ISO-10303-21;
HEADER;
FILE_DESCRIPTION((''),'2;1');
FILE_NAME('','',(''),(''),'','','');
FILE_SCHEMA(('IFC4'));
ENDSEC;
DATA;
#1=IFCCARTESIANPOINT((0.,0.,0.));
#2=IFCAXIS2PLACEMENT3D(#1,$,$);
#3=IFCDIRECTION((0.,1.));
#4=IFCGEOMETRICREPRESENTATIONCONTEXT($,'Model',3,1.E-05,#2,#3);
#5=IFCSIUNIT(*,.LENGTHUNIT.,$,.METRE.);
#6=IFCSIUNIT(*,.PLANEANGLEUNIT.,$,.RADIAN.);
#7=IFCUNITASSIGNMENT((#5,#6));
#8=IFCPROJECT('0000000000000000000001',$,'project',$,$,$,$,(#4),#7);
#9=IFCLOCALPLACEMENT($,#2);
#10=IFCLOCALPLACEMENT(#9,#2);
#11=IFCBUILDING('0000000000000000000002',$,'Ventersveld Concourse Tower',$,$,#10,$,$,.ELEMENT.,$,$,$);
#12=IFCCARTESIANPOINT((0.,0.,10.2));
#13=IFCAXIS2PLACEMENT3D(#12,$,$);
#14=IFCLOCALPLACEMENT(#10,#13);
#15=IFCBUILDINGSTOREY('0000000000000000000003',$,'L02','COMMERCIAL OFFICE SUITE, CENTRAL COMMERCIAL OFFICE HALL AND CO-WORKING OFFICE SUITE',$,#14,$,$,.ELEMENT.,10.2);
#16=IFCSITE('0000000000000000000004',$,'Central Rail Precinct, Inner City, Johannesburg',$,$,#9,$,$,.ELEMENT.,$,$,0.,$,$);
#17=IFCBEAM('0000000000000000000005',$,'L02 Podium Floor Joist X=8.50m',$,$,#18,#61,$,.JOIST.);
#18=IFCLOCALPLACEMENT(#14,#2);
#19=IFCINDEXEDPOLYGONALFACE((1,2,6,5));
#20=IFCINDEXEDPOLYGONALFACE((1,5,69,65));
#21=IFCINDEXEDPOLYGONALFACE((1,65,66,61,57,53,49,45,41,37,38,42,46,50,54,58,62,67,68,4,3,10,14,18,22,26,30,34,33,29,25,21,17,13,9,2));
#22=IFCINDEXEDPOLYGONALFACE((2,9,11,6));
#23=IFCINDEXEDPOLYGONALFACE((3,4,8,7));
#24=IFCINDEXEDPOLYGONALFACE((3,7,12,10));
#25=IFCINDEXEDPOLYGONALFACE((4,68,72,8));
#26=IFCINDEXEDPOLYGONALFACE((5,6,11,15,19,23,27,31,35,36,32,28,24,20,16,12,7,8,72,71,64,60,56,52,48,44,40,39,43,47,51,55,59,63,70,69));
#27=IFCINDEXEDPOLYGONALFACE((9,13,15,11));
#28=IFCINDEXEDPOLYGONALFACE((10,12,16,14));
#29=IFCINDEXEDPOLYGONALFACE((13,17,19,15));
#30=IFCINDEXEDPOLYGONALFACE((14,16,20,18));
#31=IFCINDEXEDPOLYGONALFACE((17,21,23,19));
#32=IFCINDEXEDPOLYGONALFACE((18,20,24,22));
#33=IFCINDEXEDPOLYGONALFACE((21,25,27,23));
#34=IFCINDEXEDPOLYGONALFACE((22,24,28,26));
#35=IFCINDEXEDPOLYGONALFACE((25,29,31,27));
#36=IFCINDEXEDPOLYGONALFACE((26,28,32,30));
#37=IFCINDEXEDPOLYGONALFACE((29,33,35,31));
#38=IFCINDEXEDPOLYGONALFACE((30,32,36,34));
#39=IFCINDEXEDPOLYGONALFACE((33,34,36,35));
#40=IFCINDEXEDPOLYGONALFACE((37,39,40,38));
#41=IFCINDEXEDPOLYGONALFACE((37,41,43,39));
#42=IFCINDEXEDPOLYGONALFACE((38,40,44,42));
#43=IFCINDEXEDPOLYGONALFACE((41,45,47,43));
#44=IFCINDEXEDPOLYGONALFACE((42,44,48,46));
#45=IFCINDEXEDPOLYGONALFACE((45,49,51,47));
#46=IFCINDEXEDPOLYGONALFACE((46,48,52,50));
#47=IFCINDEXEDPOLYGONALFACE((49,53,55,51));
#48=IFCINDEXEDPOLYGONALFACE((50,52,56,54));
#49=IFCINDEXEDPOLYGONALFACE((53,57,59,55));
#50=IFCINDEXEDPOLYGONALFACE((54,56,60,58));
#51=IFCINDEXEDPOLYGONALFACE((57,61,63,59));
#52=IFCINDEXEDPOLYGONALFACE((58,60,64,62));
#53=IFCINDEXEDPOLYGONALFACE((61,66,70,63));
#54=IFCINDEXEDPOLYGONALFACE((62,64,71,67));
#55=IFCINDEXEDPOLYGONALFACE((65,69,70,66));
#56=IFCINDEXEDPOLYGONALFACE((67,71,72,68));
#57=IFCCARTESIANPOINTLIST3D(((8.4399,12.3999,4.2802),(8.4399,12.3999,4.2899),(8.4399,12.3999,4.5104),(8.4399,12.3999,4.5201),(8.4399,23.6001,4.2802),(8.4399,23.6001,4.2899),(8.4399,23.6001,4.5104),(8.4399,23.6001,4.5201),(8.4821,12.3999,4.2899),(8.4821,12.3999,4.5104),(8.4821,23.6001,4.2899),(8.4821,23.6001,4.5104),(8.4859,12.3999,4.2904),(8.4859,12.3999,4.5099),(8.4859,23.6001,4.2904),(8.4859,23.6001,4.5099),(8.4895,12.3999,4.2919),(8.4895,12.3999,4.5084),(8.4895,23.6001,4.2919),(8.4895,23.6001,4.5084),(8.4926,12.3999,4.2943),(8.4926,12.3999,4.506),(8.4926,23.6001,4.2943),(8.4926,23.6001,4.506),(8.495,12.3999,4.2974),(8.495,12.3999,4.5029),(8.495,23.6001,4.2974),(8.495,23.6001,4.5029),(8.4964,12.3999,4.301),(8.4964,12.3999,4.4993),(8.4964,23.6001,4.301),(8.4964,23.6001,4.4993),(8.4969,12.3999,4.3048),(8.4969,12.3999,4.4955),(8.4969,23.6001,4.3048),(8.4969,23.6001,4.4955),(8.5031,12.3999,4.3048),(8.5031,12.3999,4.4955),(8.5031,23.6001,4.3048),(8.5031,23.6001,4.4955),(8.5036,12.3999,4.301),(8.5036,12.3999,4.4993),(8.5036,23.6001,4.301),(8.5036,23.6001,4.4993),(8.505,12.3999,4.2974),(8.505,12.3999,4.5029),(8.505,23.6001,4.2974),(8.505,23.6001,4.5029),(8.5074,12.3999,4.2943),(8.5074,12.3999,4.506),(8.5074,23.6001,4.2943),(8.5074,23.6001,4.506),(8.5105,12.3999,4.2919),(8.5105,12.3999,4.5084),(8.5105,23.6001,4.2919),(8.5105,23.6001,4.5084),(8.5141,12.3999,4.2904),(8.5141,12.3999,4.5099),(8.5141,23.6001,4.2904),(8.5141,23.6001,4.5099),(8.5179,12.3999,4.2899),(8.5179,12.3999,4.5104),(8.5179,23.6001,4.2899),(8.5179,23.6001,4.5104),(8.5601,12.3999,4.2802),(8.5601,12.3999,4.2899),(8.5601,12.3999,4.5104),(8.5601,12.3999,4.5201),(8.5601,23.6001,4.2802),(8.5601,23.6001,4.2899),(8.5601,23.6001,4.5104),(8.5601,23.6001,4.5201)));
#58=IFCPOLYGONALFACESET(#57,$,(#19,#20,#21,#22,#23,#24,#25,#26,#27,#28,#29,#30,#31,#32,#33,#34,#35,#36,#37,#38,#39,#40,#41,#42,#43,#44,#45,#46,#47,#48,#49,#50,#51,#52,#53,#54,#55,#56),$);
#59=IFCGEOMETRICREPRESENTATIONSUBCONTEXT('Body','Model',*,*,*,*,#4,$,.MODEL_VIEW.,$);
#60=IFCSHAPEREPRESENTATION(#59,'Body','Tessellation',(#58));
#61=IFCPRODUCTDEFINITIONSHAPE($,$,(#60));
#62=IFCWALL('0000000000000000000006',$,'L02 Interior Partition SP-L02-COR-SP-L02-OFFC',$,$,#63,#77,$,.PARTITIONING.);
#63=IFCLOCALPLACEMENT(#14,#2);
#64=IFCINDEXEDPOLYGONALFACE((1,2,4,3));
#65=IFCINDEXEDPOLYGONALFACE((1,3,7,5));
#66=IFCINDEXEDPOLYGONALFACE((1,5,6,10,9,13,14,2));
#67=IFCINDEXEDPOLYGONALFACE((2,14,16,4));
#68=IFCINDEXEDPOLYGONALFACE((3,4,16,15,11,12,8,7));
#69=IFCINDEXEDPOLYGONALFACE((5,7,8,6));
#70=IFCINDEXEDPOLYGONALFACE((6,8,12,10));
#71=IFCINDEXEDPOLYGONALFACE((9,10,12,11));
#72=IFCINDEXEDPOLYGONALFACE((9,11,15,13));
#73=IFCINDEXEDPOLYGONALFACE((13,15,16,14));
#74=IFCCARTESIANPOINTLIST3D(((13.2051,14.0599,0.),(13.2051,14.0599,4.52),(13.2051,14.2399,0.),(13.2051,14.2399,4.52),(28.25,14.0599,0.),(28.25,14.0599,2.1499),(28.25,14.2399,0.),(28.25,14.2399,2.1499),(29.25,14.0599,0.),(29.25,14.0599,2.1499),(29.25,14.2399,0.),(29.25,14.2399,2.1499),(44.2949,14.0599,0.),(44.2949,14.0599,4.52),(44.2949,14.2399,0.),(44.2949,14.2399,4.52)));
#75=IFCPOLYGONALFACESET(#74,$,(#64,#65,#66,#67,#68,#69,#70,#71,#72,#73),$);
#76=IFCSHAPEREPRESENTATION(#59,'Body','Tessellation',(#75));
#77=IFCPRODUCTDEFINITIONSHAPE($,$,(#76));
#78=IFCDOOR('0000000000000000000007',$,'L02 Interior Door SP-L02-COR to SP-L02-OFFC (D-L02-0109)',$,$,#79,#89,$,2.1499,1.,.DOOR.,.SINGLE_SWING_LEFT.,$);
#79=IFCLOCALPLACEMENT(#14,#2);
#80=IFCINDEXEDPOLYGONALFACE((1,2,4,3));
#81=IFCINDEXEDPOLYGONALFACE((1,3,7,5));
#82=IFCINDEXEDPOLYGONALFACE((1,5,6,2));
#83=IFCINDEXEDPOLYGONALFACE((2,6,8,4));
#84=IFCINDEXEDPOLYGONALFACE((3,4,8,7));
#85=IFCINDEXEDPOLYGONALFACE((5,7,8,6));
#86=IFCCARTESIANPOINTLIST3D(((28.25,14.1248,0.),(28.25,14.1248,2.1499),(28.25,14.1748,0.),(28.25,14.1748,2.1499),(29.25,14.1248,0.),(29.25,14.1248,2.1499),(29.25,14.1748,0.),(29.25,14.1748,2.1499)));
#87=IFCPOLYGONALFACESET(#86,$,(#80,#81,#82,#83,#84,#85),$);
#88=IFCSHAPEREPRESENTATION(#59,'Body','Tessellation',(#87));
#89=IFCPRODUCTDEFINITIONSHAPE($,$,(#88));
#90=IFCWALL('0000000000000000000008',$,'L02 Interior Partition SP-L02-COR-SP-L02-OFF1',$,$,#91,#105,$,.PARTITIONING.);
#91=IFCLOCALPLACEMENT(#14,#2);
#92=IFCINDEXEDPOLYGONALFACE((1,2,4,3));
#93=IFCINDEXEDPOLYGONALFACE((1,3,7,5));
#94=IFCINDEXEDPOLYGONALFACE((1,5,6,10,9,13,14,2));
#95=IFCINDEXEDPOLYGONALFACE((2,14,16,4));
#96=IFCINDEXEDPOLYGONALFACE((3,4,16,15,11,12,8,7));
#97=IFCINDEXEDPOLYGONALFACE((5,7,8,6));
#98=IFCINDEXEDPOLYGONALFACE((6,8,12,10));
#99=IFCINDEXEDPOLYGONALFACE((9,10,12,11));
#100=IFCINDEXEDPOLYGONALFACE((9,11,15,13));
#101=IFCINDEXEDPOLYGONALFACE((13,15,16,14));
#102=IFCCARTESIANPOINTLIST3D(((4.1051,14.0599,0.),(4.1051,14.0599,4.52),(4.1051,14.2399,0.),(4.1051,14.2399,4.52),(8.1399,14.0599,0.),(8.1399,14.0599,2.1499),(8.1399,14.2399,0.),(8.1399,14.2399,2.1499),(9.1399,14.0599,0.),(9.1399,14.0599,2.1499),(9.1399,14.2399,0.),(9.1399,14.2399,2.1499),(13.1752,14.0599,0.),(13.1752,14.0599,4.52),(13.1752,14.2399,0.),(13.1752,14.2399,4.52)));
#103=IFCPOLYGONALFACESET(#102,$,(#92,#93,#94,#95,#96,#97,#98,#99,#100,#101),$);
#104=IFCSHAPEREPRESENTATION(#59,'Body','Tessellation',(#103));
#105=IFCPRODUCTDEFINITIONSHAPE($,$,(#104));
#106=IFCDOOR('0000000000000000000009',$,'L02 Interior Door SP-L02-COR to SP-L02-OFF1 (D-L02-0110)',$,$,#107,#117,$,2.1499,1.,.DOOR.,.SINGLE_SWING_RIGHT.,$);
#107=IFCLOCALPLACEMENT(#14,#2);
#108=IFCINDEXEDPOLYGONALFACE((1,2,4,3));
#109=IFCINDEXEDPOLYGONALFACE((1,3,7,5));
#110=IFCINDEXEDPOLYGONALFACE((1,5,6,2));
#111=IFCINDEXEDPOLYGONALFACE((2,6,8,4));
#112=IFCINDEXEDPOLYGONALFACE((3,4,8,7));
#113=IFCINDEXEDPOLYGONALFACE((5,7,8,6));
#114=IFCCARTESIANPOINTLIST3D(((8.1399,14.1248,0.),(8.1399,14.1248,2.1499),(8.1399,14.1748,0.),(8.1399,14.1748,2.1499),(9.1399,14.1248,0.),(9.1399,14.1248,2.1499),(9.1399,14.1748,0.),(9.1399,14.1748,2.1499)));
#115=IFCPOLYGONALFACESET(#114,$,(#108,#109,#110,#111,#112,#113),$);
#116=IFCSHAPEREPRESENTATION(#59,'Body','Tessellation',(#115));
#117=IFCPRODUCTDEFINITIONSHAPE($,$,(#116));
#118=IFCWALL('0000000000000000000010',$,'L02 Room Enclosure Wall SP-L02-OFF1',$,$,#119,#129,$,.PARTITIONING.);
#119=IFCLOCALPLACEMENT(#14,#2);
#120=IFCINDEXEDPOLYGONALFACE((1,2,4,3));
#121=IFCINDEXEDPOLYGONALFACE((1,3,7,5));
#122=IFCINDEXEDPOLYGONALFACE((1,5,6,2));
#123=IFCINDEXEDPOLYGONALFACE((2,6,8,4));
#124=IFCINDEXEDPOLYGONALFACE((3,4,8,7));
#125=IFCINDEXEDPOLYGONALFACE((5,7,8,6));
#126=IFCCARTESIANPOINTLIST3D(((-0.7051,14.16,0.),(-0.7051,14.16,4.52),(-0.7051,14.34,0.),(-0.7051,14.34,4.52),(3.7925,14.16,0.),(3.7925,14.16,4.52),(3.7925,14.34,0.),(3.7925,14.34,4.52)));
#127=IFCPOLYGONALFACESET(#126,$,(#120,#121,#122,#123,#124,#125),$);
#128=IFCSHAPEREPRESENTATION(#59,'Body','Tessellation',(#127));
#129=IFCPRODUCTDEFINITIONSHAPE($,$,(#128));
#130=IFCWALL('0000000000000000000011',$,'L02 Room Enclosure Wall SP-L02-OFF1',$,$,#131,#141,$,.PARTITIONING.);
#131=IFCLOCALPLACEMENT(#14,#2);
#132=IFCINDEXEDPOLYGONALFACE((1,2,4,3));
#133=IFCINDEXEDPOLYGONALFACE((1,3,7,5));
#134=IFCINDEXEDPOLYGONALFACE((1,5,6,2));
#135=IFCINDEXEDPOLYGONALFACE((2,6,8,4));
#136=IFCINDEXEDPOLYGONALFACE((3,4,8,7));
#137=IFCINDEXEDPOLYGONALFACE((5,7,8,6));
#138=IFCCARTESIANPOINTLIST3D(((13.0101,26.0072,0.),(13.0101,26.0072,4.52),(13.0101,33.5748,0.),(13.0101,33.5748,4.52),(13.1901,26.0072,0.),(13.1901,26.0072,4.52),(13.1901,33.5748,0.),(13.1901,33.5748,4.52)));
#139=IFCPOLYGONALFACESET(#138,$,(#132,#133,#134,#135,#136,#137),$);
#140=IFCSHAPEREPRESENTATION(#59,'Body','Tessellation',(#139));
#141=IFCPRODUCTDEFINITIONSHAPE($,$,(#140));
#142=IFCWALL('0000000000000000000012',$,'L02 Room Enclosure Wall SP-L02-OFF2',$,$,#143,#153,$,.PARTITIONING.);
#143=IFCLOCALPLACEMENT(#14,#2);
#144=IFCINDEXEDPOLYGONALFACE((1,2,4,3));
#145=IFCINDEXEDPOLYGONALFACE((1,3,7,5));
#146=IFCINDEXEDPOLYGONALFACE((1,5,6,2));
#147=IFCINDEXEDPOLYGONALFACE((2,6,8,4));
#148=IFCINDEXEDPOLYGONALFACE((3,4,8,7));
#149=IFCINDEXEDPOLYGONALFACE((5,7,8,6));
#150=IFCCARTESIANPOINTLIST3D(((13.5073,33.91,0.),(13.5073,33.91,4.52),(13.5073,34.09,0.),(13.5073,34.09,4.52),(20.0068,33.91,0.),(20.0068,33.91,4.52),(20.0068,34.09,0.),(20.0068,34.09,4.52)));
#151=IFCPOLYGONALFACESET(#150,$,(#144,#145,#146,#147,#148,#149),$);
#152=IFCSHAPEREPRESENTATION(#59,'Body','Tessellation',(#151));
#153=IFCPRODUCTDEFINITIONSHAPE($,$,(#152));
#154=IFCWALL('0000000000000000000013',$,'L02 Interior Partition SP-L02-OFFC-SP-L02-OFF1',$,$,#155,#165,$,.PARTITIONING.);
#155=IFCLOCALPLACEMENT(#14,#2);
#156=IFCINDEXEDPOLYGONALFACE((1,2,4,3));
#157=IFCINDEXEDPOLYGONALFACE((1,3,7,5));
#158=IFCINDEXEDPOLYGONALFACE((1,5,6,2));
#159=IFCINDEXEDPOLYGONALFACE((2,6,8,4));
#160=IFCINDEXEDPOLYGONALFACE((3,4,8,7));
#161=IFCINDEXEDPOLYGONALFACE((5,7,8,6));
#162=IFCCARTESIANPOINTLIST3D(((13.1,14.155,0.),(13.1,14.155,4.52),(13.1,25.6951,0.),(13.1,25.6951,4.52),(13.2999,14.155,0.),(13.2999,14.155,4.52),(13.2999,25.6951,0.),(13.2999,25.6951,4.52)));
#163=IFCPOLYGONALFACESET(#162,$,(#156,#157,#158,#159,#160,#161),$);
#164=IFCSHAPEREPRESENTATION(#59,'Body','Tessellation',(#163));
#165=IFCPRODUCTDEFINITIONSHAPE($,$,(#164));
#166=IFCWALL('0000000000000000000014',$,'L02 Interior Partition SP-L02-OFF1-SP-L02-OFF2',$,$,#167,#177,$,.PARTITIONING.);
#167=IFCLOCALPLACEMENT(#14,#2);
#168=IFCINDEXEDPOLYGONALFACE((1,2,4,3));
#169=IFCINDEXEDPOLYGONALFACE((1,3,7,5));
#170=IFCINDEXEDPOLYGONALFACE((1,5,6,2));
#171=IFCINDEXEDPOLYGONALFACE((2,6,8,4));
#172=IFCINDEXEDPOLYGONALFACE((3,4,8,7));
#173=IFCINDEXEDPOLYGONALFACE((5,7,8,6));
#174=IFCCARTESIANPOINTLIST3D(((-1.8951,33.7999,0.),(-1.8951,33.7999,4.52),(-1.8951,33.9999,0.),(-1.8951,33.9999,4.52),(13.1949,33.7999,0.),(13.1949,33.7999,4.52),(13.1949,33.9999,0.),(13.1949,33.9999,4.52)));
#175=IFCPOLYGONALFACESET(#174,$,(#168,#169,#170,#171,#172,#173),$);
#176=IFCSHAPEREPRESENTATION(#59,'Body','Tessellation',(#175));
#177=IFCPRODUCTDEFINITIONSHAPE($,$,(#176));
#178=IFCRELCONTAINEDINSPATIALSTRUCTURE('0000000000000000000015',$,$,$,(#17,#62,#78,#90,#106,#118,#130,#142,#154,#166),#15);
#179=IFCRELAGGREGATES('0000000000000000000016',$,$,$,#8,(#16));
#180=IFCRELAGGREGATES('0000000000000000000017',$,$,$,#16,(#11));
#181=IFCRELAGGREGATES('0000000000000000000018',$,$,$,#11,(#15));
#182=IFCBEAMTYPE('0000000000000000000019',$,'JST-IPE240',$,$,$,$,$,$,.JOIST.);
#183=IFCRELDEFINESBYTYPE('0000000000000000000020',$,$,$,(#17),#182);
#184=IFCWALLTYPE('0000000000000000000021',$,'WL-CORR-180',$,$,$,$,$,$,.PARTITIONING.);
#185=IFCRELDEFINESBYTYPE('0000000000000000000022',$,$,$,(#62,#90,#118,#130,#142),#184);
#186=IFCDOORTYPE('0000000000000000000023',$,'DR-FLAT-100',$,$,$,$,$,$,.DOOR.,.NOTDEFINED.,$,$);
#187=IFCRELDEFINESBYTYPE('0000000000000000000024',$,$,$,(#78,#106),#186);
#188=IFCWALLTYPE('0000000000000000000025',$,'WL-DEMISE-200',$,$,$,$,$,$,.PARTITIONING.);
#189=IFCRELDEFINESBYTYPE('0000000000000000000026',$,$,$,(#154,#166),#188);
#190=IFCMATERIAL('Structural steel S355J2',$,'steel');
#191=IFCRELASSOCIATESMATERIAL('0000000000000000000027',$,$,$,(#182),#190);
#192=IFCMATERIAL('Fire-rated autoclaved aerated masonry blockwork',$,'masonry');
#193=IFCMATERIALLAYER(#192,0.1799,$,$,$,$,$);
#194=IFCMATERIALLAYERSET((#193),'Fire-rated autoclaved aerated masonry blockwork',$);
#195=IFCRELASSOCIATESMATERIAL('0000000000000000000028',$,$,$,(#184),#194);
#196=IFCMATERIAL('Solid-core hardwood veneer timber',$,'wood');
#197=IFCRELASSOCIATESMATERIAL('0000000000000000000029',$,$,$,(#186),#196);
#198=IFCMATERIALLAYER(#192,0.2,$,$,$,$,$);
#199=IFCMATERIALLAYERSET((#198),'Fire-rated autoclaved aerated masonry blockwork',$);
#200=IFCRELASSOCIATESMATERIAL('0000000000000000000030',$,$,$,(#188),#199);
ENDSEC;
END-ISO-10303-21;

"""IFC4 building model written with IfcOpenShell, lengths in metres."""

from ifc_helpers import new_model, si_unit, direction, frame, frame_2d, origin, origin_2d, place, context, subcontext, project, spatial, rectangle, i_section, extrude, material, layer, layer_set, material_profile, profile_set, type_object, element, fill, save


model = new_model("IFC4")

# Units and contexts
model_context = context("Model", 3, precision=1e-05, world=origin(), true_north=direction((0.0, 1.0)))
body_context = subcontext(model_context, "Body", "Model", "MODEL_VIEW")
ifc_project = project(units=[si_unit("LENGTHUNIT", "METRE"), si_unit("PLANEANGLEUNIT", "RADIAN")], contexts=[model_context])

# Site, building, storey
site_placement = place(None, origin())
site = spatial("IfcSite", under=ifc_project, at=site_placement, Name="Central Rail Precinct, Inner City, Johannesburg", CompositionType="ELEMENT", RefElevation=0.0)
building_placement = place(site_placement, origin())
building = spatial("IfcBuilding", under=site, at=building_placement, Name="Ventersveld Concourse Tower", CompositionType="ELEMENT")
storey_placement = place(building_placement, frame((0.0, 0.0, 10.2)))
storey = spatial("IfcBuildingStorey", under=building, at=storey_placement, Name="L02", Description="COMMERCIAL OFFICE SUITE, CENTRAL COMMERCIAL OFFICE HALL AND CO-WORKING OFFICE SUITE", CompositionType="ELEMENT", Elevation=10.2)

# Beam
ifc_material_1 = material(Name="Structural steel S355J2", Category="steel")
ifc_material_profile_1 = material_profile(ifc_material_1, i_section(OverallWidth=0.1201, OverallDepth=0.24, WebThickness=0.0061, FlangeThickness=0.0098, FilletRadius=0.0149, at=origin_2d()), Name="IPE 240")
ifc_profile_set_1 = profile_set([ifc_material_profile_1], Name="Structural steel S355J2")
beam_type_1 = type_object("IfcBeamType", Name="JST-IPE240", PredefinedType="JOIST", material=ifc_profile_set_1)
beam_1_placement = place(storey_placement, frame((8.5, 12.3999, 4.4001), z_axis=(0.0, 1.0, 0.0), x_axis=(-1.0, 0.0, 0.0)))
element("IfcBeam", 1, at=beam_1_placement, inside=storey, type_object=beam_type_1, Name="L02 Podium Floor Joist X=8.50m", PredefinedType="JOIST", context=body_context, shape_type="SweptSolid", body=[
    extrude(i_section(OverallWidth=0.1201, OverallDepth=0.24, WebThickness=0.0061, FlangeThickness=0.0098, FilletRadius=0.0149, at=origin_2d()), origin(), (0.0, 0.0, 1.0), 11.2002),
])

# Walls, openings, doors
ifc_material_2 = material(Name="Fire-rated autoclaved aerated masonry blockwork", Category="masonry")
ifc_layer_1 = layer(ifc_material_2, 0.1799)
ifc_layer_set_1 = layer_set([ifc_layer_1], Name="Fire-rated autoclaved aerated masonry blockwork")
wall_type_1 = type_object("IfcWallType", Name="WL-CORR-180", PredefinedType="PARTITIONING", material=ifc_layer_set_1)
wall_1_placement = place(storey_placement, frame((13.2051, 14.1499, 0.0), z_axis=(0.0, 0.0, 1.0), x_axis=(1.0, 0.0, 0.0)))
wall_1 = element("IfcWall", 2, at=wall_1_placement, inside=storey, type_object=wall_type_1, Name="L02 Interior Partition SP-L02-COR-SP-L02-OFFC", PredefinedType="PARTITIONING", context=body_context, shape_type="SweptSolid", body=[
    extrude(rectangle(XDim=31.0898, YDim=0.1799, at=frame_2d((15.5449, 0.0))), origin(), (0.0, 0.0, 1.0), 4.52),
])
opening_1_placement = place(wall_1_placement, frame((15.0449, 0.0, 0.0)))
opening_1 = element("IfcOpeningElement", 3, at=opening_1_placement, cuts=wall_1, PredefinedType="OPENING", context=body_context, shape_type="SweptSolid", body=[
    extrude(rectangle(XDim=1.0, YDim=2.1499, at=frame_2d((0.5, 1.075))), frame((0.0, 0.1001, 0.0), z_axis=(0.0, -1.0, 0.0), x_axis=(1.0, 0.0, 0.0)), (0.0, 0.0, 1.0), 0.2),
])
ifc_material_3 = material(Name="Solid-core hardwood veneer timber", Category="wood")
door_type = type_object("IfcDoorType", Name="DR-FLAT-100", OperationType="NOTDEFINED", PredefinedType="DOOR", material=ifc_material_3)
door_1_placement = place(opening_1_placement, origin())
door_1 = element("IfcDoor", 4, at=door_1_placement, inside=storey, type_object=door_type, Name="L02 Interior Door SP-L02-COR to SP-L02-OFFC (D-L02-0109)", OperationType="SINGLE_SWING_LEFT", OverallHeight=2.1499, OverallWidth=1.0, PredefinedType="DOOR", context=body_context, shape_type="SweptSolid", body=[
    extrude(rectangle(XDim=1.0, YDim=2.1499, at=frame_2d((0.5, 1.075))), frame((0.0, 0.0249, 0.0), z_axis=(0.0, -1.0, 0.0), x_axis=(1.0, 0.0, 0.0)), (0.0, 0.0, 1.0), 0.05),
])
fill(opening_1, door_1)
wall_2_placement = place(storey_placement, frame((4.105, 14.1499, 0.0), z_axis=(0.0, 0.0, 1.0), x_axis=(1.0, 0.0, 0.0)))
wall_2 = element("IfcWall", 5, at=wall_2_placement, inside=storey, type_object=wall_type_1, Name="L02 Interior Partition SP-L02-COR-SP-L02-OFF1", PredefinedType="PARTITIONING", context=body_context, shape_type="SweptSolid", body=[
    extrude(rectangle(XDim=9.0701, YDim=0.1799, at=frame_2d((4.5352, 0.0))), origin(), (0.0, 0.0, 1.0), 4.52),
])
opening_2_placement = place(wall_2_placement, frame((4.0349, 0.0, 0.0)))
opening_2 = element("IfcOpeningElement", 6, at=opening_2_placement, cuts=wall_2, PredefinedType="OPENING", context=body_context, shape_type="SweptSolid", body=[
    extrude(rectangle(XDim=1.0, YDim=2.1499, at=frame_2d((0.5, 1.075))), frame((0.0, 0.1001, 0.0), z_axis=(0.0, -1.0, 0.0), x_axis=(1.0, 0.0, 0.0)), (0.0, 0.0, 1.0), 0.2),
])
door_2_placement = place(opening_2_placement, origin())
door_2 = element("IfcDoor", 7, at=door_2_placement, inside=storey, type_object=door_type, Name="L02 Interior Door SP-L02-COR to SP-L02-OFF1 (D-L02-0110)", OperationType="SINGLE_SWING_RIGHT", OverallHeight=2.1499, OverallWidth=1.0, PredefinedType="DOOR", context=body_context, shape_type="SweptSolid", body=[
    extrude(rectangle(XDim=1.0, YDim=2.1499, at=frame_2d((0.5, 1.075))), frame((0.0, 0.0249, 0.0), z_axis=(0.0, -1.0, 0.0), x_axis=(1.0, 0.0, 0.0)), (0.0, 0.0, 1.0), 0.05),
])
fill(opening_2, door_2)

# Walls
wall_3_placement = place(storey_placement, frame((-0.7051, 14.25, 0.0), z_axis=(0.0, 0.0, 1.0), x_axis=(1.0, 0.0, 0.0)))
element("IfcWall", 8, at=wall_3_placement, inside=storey, type_object=wall_type_1, Name="L02 Room Enclosure Wall SP-L02-OFF1", PredefinedType="PARTITIONING", context=body_context, shape_type="SweptSolid", body=[
    extrude(rectangle(XDim=4.4976, YDim=0.1799, at=frame_2d((2.2488, 0.0))), origin(), (0.0, 0.0, 1.0), 4.52),
])
wall_4_placement = place(storey_placement, frame((13.1001, 26.0073, 0.0), z_axis=(0.0, 0.0, 1.0), x_axis=(0.0, 1.0, 0.0)))
element("IfcWall", 9, at=wall_4_placement, inside=storey, type_object=wall_type_1, Name="L02 Room Enclosure Wall SP-L02-OFF1", PredefinedType="PARTITIONING", context=body_context, shape_type="SweptSolid", body=[
    extrude(rectangle(XDim=7.5676, YDim=0.1799, at=frame_2d((3.7837, 0.0))), origin(), (0.0, 0.0, 1.0), 4.52),
])
wall_5_placement = place(storey_placement, frame((13.5073, 34.0, 0.0), z_axis=(0.0, 0.0, 1.0), x_axis=(1.0, 0.0, 0.0)))
element("IfcWall", 10, at=wall_5_placement, inside=storey, type_object=wall_type_1, Name="L02 Room Enclosure Wall SP-L02-OFF2", PredefinedType="PARTITIONING", context=body_context, shape_type="SweptSolid", body=[
    extrude(rectangle(XDim=6.4995, YDim=0.1799, at=frame_2d((3.2498, 0.0))), origin(), (0.0, 0.0, 1.0), 4.52),
])
ifc_layer_2 = layer(ifc_material_2, 0.2)
ifc_layer_set_2 = layer_set([ifc_layer_2], Name="Fire-rated autoclaved aerated masonry blockwork")
wall_type_2 = type_object("IfcWallType", Name="WL-DEMISE-200", PredefinedType="PARTITIONING", material=ifc_layer_set_2)
wall_6_placement = place(storey_placement, frame((13.2, 14.155, 0.0), z_axis=(0.0, 0.0, 1.0), x_axis=(0.0, 1.0, 0.0)))
element("IfcWall", 11, at=wall_6_placement, inside=storey, type_object=wall_type_2, Name="L02 Interior Partition SP-L02-OFFC-SP-L02-OFF1", PredefinedType="PARTITIONING", context=body_context, shape_type="SweptSolid", body=[
    extrude(rectangle(XDim=11.54, YDim=0.2, at=frame_2d((5.77, 0.0))), origin(), (0.0, 0.0, 1.0), 4.52),
])
wall_7_placement = place(storey_placement, frame((-1.895, 33.8999, 0.0), z_axis=(0.0, 0.0, 1.0), x_axis=(1.0, 0.0, 0.0)))
element("IfcWall", 12, at=wall_7_placement, inside=storey, type_object=wall_type_2, Name="L02 Interior Partition SP-L02-OFF1-SP-L02-OFF2", PredefinedType="PARTITIONING", context=body_context, shape_type="SweptSolid", body=[
    extrude(rectangle(XDim=15.0901, YDim=0.2, at=frame_2d((7.5449, 0.0))), origin(), (0.0, 0.0, 1.0), 4.52),
])

save(model, "model.ifc")
